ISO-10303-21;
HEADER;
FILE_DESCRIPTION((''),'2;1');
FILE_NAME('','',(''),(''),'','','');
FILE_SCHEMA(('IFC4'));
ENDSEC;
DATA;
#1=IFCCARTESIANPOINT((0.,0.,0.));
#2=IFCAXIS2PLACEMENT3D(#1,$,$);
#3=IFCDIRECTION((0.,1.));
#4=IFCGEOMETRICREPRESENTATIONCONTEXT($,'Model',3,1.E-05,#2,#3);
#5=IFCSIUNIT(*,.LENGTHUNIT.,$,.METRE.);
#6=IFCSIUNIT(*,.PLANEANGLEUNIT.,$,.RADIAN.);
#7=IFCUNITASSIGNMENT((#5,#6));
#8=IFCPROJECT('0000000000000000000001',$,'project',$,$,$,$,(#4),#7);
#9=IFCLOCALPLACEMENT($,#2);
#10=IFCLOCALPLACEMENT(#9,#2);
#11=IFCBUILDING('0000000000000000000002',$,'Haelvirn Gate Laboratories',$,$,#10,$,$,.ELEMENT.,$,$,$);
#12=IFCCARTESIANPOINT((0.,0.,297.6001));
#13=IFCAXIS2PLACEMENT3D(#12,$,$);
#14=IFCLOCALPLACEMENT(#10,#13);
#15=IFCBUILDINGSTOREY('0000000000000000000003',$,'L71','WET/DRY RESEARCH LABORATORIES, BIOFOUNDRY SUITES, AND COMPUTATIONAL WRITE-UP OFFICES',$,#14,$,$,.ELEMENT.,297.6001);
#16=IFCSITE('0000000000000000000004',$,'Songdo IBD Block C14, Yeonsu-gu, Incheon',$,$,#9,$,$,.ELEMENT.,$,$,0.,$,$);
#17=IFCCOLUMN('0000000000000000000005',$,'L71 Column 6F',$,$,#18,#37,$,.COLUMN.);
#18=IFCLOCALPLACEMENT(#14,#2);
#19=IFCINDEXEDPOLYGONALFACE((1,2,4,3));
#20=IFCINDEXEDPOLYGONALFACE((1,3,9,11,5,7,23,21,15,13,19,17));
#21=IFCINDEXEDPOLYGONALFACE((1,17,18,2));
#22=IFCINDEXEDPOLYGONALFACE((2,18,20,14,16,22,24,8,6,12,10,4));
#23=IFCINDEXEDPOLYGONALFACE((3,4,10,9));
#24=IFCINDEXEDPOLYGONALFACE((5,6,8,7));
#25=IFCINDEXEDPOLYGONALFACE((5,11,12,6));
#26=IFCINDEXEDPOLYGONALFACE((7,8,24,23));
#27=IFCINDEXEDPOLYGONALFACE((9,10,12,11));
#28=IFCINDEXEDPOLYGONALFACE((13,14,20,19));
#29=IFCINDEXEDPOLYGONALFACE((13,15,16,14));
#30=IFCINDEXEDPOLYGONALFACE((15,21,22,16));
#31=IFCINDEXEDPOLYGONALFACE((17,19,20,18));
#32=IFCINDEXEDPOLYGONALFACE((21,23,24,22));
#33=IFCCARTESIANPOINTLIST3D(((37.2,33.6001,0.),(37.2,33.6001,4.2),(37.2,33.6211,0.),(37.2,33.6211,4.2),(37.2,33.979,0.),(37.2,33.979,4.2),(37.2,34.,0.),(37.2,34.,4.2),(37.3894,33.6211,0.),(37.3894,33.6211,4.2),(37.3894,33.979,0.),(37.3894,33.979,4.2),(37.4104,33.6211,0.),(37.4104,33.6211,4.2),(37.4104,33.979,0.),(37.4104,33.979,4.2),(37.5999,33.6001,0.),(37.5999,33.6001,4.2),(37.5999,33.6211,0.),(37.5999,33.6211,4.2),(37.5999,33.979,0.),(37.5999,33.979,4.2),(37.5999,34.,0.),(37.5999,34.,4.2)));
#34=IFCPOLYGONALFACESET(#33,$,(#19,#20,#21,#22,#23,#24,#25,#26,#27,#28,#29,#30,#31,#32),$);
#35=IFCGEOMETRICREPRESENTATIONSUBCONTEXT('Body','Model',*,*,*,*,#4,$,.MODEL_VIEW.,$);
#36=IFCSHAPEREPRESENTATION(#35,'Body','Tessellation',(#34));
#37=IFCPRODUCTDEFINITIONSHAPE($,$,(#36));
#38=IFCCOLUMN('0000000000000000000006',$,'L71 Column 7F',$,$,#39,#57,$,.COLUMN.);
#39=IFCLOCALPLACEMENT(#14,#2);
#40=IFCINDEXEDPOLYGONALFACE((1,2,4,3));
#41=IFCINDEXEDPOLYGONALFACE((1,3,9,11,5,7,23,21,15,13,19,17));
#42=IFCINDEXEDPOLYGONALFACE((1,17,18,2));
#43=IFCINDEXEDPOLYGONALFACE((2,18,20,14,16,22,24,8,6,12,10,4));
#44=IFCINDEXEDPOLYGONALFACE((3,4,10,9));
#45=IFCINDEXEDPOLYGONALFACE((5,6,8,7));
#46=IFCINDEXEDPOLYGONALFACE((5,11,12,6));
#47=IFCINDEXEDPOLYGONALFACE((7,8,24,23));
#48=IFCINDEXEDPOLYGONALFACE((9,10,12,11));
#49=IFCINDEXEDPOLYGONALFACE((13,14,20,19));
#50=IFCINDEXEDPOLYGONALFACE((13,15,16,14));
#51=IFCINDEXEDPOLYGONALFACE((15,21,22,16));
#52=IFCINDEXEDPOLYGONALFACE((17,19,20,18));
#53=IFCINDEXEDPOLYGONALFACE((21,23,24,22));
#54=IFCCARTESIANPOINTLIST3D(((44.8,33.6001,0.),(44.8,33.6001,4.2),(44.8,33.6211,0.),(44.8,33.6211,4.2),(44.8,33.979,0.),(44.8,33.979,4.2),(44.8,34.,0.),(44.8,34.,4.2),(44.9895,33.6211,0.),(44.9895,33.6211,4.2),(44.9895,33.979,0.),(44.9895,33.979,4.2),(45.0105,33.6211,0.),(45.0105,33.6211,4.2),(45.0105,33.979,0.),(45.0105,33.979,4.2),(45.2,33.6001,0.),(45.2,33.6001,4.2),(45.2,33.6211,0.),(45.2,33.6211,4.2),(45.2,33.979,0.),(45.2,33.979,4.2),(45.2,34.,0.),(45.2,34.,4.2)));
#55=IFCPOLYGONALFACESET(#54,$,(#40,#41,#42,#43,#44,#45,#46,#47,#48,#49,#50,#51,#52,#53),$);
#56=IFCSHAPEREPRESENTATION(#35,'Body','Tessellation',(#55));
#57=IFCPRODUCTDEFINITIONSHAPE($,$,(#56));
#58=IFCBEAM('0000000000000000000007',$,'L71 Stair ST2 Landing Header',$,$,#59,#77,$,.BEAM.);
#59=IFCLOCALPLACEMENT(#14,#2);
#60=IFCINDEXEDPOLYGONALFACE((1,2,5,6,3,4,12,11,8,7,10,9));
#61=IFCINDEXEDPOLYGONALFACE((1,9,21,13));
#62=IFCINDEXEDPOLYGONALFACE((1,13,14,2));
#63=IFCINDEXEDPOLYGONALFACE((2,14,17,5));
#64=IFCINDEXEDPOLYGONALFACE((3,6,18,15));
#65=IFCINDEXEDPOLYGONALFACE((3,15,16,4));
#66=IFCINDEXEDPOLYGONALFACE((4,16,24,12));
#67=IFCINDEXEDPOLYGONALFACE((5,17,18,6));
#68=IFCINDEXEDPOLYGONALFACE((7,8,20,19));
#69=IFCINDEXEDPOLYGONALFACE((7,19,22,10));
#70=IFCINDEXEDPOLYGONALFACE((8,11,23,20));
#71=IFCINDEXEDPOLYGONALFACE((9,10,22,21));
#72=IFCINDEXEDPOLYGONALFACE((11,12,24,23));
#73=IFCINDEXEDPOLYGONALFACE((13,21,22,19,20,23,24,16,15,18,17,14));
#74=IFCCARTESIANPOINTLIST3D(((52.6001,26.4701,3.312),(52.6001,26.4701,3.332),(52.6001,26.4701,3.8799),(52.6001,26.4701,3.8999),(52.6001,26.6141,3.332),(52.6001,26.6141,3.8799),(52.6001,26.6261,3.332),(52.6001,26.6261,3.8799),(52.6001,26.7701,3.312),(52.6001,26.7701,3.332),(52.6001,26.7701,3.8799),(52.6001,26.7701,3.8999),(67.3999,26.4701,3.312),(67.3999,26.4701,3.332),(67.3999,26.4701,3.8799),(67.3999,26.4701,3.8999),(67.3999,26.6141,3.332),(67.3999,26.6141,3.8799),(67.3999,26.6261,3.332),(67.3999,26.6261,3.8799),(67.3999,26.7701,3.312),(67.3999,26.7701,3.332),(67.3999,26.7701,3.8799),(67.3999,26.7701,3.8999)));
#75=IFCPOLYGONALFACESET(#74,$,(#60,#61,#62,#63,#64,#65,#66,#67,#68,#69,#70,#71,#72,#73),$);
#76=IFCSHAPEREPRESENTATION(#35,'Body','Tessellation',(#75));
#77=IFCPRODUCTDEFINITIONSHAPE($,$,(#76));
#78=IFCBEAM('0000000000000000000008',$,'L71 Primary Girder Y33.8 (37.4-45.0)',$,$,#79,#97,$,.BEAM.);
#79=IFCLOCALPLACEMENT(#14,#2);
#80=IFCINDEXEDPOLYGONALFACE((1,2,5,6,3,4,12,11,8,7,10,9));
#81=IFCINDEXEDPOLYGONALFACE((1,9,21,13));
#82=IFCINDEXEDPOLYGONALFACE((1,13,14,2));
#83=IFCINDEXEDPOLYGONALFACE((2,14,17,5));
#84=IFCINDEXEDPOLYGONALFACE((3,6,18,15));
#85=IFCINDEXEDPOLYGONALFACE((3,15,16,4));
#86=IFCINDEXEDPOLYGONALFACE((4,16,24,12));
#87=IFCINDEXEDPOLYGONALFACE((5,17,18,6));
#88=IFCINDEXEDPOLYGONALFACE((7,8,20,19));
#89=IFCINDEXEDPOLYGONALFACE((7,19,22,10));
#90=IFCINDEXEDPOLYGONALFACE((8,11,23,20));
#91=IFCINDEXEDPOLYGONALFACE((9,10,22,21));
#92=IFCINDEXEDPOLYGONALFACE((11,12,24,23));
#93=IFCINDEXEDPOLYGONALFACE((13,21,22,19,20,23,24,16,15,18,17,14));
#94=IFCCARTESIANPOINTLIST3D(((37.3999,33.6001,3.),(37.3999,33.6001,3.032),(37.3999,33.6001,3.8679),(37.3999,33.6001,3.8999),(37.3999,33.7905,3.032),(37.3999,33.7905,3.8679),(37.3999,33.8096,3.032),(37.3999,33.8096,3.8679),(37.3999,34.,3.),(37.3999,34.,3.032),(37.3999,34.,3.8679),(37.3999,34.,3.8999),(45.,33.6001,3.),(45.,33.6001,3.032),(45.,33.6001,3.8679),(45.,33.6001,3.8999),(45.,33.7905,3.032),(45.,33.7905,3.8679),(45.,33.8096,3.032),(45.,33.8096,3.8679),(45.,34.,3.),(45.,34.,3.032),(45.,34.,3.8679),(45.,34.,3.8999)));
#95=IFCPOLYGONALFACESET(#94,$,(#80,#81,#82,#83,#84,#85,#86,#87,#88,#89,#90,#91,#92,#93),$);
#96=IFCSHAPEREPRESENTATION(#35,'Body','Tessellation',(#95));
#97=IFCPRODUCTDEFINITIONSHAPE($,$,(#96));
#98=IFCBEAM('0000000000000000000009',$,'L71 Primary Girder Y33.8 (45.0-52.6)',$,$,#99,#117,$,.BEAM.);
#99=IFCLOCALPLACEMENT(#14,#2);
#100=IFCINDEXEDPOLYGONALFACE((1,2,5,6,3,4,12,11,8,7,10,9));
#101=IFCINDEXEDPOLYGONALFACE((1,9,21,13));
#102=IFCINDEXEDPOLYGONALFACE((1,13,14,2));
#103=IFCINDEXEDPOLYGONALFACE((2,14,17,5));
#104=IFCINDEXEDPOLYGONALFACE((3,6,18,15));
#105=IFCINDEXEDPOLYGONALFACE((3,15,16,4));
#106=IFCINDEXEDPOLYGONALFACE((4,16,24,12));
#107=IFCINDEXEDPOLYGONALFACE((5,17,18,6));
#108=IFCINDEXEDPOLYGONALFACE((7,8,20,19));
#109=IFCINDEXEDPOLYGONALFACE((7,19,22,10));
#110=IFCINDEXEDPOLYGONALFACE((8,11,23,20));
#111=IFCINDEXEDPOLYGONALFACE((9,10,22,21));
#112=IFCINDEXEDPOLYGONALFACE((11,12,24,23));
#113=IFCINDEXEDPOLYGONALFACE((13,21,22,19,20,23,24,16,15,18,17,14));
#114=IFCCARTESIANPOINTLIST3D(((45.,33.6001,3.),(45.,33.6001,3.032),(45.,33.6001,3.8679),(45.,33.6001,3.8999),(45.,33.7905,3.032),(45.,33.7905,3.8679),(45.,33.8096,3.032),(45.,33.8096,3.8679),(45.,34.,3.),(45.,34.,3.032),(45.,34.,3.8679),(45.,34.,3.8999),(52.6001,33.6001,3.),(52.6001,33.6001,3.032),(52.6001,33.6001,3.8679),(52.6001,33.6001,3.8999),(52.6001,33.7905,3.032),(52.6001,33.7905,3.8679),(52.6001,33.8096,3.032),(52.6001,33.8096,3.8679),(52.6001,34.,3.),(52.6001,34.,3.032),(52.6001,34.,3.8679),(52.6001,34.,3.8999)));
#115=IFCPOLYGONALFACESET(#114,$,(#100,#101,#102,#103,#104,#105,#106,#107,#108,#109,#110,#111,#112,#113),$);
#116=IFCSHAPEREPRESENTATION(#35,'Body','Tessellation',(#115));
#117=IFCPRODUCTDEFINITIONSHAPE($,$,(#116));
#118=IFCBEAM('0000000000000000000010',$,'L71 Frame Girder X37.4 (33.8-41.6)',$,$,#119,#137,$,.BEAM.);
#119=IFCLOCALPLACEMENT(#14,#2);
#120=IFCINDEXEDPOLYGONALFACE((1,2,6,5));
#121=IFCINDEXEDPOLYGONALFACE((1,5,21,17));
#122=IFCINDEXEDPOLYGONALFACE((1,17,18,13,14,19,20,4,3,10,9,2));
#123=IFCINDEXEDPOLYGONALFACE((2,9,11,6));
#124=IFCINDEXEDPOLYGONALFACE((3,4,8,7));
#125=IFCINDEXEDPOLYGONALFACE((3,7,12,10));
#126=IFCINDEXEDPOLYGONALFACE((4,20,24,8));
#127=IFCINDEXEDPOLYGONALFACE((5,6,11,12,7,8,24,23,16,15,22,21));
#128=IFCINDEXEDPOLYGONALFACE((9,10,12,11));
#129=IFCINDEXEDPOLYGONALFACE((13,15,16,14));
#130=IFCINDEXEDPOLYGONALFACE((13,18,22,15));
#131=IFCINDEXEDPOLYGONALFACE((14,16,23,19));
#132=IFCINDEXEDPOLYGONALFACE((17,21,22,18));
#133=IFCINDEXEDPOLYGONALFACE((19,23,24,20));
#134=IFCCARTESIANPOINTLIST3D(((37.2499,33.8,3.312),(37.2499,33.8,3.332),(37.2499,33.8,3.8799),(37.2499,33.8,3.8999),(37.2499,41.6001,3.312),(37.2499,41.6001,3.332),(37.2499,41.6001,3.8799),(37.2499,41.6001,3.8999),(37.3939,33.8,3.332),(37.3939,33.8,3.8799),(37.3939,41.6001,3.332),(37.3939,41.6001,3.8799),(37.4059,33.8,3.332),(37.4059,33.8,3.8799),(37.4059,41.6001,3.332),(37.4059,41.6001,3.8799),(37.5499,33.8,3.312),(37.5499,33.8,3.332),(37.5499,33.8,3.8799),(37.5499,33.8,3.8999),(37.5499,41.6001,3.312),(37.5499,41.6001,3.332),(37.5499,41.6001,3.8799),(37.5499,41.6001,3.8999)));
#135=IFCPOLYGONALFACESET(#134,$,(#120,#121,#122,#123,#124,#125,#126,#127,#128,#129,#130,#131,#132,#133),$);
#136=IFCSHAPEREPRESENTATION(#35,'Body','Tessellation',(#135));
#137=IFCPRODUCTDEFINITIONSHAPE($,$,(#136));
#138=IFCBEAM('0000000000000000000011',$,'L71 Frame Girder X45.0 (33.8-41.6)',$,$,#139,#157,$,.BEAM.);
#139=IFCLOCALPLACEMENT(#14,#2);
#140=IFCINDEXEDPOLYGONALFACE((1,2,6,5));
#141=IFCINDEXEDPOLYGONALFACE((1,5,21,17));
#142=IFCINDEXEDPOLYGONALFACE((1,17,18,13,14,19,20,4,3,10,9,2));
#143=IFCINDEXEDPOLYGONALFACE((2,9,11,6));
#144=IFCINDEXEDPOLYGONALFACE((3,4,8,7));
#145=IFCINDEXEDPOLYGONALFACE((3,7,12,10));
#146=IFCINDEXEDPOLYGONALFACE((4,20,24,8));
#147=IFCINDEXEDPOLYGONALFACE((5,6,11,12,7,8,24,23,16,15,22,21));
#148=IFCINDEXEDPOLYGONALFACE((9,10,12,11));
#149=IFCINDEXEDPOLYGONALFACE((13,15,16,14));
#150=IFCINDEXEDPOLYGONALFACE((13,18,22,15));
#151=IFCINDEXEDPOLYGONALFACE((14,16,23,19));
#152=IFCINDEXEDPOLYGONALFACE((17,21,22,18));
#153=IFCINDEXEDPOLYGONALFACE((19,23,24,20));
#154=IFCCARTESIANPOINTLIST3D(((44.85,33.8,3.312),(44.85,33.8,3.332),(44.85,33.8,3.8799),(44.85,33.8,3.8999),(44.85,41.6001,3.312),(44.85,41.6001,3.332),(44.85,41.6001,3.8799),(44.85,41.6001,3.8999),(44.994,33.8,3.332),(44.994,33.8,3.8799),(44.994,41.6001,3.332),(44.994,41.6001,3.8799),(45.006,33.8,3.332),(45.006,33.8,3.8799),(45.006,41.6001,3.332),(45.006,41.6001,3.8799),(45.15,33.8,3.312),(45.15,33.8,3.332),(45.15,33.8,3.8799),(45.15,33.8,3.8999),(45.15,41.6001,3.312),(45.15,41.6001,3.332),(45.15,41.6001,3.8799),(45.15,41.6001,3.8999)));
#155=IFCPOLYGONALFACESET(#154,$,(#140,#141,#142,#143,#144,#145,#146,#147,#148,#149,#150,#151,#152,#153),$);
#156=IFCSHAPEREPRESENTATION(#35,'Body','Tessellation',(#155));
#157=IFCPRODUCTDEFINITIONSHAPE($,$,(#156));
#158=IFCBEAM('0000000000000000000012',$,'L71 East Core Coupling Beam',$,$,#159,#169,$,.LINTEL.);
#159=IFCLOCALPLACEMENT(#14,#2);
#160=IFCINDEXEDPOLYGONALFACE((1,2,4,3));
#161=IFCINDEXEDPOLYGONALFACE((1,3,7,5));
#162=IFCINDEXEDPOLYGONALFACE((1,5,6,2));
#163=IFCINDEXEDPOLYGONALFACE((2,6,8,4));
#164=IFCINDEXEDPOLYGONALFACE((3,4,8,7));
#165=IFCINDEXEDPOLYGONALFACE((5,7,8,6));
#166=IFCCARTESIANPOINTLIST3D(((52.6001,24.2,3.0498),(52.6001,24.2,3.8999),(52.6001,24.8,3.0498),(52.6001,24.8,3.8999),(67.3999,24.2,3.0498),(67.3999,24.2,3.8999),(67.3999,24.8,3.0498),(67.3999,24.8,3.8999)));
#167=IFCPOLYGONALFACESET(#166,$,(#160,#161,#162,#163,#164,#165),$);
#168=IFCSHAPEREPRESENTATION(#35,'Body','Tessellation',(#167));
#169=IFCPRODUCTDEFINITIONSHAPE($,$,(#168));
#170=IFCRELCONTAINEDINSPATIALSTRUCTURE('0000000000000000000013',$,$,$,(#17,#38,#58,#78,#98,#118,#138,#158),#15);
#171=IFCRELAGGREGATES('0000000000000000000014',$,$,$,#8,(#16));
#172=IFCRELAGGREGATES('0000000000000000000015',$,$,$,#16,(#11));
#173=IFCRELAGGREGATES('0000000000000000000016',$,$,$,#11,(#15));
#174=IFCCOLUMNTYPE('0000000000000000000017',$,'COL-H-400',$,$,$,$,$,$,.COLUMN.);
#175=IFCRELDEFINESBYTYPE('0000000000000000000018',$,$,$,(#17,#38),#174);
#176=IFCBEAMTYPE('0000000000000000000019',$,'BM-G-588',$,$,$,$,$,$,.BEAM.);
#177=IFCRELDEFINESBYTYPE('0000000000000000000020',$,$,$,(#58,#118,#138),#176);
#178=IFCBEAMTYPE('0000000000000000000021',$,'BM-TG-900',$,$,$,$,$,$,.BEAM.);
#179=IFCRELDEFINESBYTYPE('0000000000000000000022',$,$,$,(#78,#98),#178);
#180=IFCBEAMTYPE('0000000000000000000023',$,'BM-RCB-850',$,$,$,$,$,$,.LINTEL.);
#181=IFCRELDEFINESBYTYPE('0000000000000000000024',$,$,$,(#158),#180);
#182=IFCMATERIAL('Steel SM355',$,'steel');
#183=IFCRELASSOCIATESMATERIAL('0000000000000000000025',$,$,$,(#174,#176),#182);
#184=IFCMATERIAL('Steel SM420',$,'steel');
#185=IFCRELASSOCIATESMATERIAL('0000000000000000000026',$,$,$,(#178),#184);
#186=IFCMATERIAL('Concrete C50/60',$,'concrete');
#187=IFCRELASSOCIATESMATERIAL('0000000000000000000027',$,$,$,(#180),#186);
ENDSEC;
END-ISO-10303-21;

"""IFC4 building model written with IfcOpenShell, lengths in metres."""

from ifc_helpers import new_model, si_unit, direction, frame, origin, origin_2d, place, context, subcontext, project, spatial, rectangle, i_section, extrude, source, transform, mapped, material, material_profile, profile_set, type_object, type_shapes, element, save


model = new_model("IFC4")

# Units and contexts
model_context = context("Model", 3, precision=1e-05, world=origin(), true_north=direction((0.0, 1.0)))
body_context = subcontext(model_context, "Body", "Model", "MODEL_VIEW")
ifc_project = project(units=[si_unit("LENGTHUNIT", "METRE"), si_unit("PLANEANGLEUNIT", "RADIAN")], contexts=[model_context])

# Site, building, storey
site_placement = place(None, origin())
site = spatial("IfcSite", under=ifc_project, at=site_placement, Name="Songdo IBD Block C14, Yeonsu-gu, Incheon", CompositionType="ELEMENT", RefElevation=0.0)
building_placement = place(site_placement, origin())
building = spatial("IfcBuilding", under=site, at=building_placement, Name="Haelvirn Gate Laboratories", CompositionType="ELEMENT")
storey_placement = place(building_placement, frame((0.0, 0.0, 297.6001)))
storey = spatial("IfcBuildingStorey", under=building, at=storey_placement, Name="L71", Description="WET/DRY RESEARCH LABORATORIES, BIOFOUNDRY SUITES, AND COMPUTATIONAL WRITE-UP OFFICES", CompositionType="ELEMENT", Elevation=297.6001)

# Columns
ifc_material_1 = material(Name="Steel SM355", Category="steel")
ifc_material_profile_1 = material_profile(ifc_material_1, i_section(OverallWidth=0.3999, OverallDepth=0.3999, WebThickness=0.021, FlangeThickness=0.021, at=origin_2d()), Name="H-400x400x21x21")
ifc_profile_set_1 = profile_set([ifc_material_profile_1], Name="Steel SM355")
column_type = type_object("IfcColumnType", Name="COL-H-400", PredefinedType="COLUMN", material=ifc_profile_set_1)
shared_shape_1 = source(origin(), body_context, "Body", "SweptSolid", [
    extrude(i_section(OverallWidth=0.3999, OverallDepth=0.3999, WebThickness=0.021, FlangeThickness=0.021, at=origin_2d()), origin(), (0.0, 0.0, 1.0), 4.2),
])
type_shapes(column_type, [shared_shape_1])
for number, where, z_axis, x_axis, name in (
    (1, (37.3999, 33.8, 0.0), (0.0, 0.0, 1.0), (1.0, 0.0, 0.0), "L71 Column 6F"),
    (2, (45.0, 33.8, 0.0), (0.0, 0.0, 1.0), (1.0, 0.0, 0.0), "L71 Column 7F"),
):
    element("IfcColumn", number, at=place(storey_placement, frame(where, z_axis=z_axis, x_axis=x_axis)), inside=storey, type_object=column_type, Name=name, PredefinedType="COLUMN", context=body_context, shape_type="MappedRepresentation", body=[
        mapped(shared_shape_1, transform((0.0, 0.0, 0.0), scale=1.0)),
    ])

# Beams
ifc_material_profile_2 = material_profile(ifc_material_1, i_section(OverallWidth=0.3, OverallDepth=0.5879, WebThickness=0.012, FlangeThickness=0.02, at=origin_2d()), Name="H-588x300x12x20")
ifc_profile_set_2 = profile_set([ifc_material_profile_2], Name="Steel SM355")
beam_type_1 = type_object("IfcBeamType", Name="BM-G-588", PredefinedType="BEAM", material=ifc_profile_set_2)
shared_shape_2 = source(origin(), body_context, "Body", "SweptSolid", [
    extrude(i_section(OverallWidth=0.3, OverallDepth=0.5879, WebThickness=0.012, FlangeThickness=0.02, at=origin_2d()), origin(), (0.0, 0.0, 1.0), 14.7998),
])
beam_1_placement = place(storey_placement, frame((52.6001, 26.6201, 3.606), z_axis=(1.0, 0.0, 0.0), x_axis=(0.0, 1.0, 0.0)))
element("IfcBeam", 3, at=beam_1_placement, inside=storey, type_object=beam_type_1, Name="L71 Stair ST2 Landing Header", PredefinedType="BEAM", context=body_context, shape_type="MappedRepresentation", body=[
    mapped(shared_shape_2, transform((0.0, 0.0, 0.0), scale=1.0)),
])
ifc_material_2 = material(Name="Steel SM420", Category="steel")
ifc_material_profile_3 = material_profile(ifc_material_2, i_section(OverallWidth=0.3999, OverallDepth=0.8999, WebThickness=0.019, FlangeThickness=0.032, at=origin_2d()), Name="H-900x400x19x32")
ifc_profile_set_3 = profile_set([ifc_material_profile_3], Name="Steel SM420")
beam_type_2 = type_object("IfcBeamType", Name="BM-TG-900", PredefinedType="BEAM", material=ifc_profile_set_3)
shared_shape_3 = source(origin(), body_context, "Body", "SweptSolid", [
    extrude(i_section(OverallWidth=0.3999, OverallDepth=0.8999, WebThickness=0.019, FlangeThickness=0.032, at=origin_2d()), origin(), (0.0, 0.0, 1.0), 7.6001),
])
type_shapes(beam_type_2, [shared_shape_3])
for number, where, z_axis, x_axis, name in (
    (4, (37.3999, 33.8, 3.45), (1.0, 0.0, 0.0), (0.0, 1.0, 0.0), "L71 Primary Girder Y33.8 (37.4-45.0)"),
    (5, (45.0, 33.8, 3.45), (1.0, 0.0, 0.0), (0.0, 1.0, 0.0), "L71 Primary Girder Y33.8 (45.0-52.6)"),
):
    element("IfcBeam", number, at=place(storey_placement, frame(where, z_axis=z_axis, x_axis=x_axis)), inside=storey, type_object=beam_type_2, Name=name, PredefinedType="BEAM", context=body_context, shape_type="MappedRepresentation", body=[
        mapped(shared_shape_3, transform((0.0, 0.0, 0.0), scale=1.0)),
    ])
shared_shape_4 = source(origin(), body_context, "Body", "SweptSolid", [
    extrude(i_section(OverallWidth=0.3, OverallDepth=0.5879, WebThickness=0.012, FlangeThickness=0.02, at=origin_2d()), origin(), (0.0, 0.0, 1.0), 7.8),
])
type_shapes(beam_type_1, [shared_shape_2, shared_shape_4])
for number, where, z_axis, x_axis, name in (
    (6, (37.3999, 33.8, 3.606), (0.0, 1.0, 0.0), (-1.0, 0.0, 0.0), "L71 Frame Girder X37.4 (33.8-41.6)"),
    (7, (45.0, 33.8, 3.606), (0.0, 1.0, 0.0), (-1.0, 0.0, 0.0), "L71 Frame Girder X45.0 (33.8-41.6)"),
):
    element("IfcBeam", number, at=place(storey_placement, frame(where, z_axis=z_axis, x_axis=x_axis)), inside=storey, type_object=beam_type_1, Name=name, PredefinedType="BEAM", context=body_context, shape_type="MappedRepresentation", body=[
        mapped(shared_shape_4, transform((0.0, 0.0, 0.0), scale=1.0)),
    ])
ifc_material_3 = material(Name="Concrete C50/60", Category="concrete")
ifc_material_profile_4 = material_profile(ifc_material_3, rectangle(XDim=0.6001, YDim=0.8501, at=origin_2d()), Name="RCB-600x850")
ifc_profile_set_4 = profile_set([ifc_material_profile_4], Name="Concrete C50/60")
beam_type_3 = type_object("IfcBeamType", Name="BM-RCB-850", PredefinedType="LINTEL", material=ifc_profile_set_4)
shared_shape_5 = source(origin(), body_context, "Body", "SweptSolid", [
    extrude(rectangle(XDim=0.6001, YDim=0.8501, at=origin_2d()), origin(), (0.0, 0.0, 1.0), 14.7998),
])
type_shapes(beam_type_3, [shared_shape_5])
beam_2_placement = place(storey_placement, frame((52.6001, 24.5, 3.4749), z_axis=(1.0, 0.0, 0.0), x_axis=(0.0, 1.0, 0.0)))
element("IfcBeam", 8, at=beam_2_placement, inside=storey, type_object=beam_type_3, Name="L71 East Core Coupling Beam", PredefinedType="LINTEL", context=body_context, shape_type="MappedRepresentation", body=[
    mapped(shared_shape_5, transform((0.0, 0.0, 0.0), scale=1.0)),
])

save(model, "model.ifc")
